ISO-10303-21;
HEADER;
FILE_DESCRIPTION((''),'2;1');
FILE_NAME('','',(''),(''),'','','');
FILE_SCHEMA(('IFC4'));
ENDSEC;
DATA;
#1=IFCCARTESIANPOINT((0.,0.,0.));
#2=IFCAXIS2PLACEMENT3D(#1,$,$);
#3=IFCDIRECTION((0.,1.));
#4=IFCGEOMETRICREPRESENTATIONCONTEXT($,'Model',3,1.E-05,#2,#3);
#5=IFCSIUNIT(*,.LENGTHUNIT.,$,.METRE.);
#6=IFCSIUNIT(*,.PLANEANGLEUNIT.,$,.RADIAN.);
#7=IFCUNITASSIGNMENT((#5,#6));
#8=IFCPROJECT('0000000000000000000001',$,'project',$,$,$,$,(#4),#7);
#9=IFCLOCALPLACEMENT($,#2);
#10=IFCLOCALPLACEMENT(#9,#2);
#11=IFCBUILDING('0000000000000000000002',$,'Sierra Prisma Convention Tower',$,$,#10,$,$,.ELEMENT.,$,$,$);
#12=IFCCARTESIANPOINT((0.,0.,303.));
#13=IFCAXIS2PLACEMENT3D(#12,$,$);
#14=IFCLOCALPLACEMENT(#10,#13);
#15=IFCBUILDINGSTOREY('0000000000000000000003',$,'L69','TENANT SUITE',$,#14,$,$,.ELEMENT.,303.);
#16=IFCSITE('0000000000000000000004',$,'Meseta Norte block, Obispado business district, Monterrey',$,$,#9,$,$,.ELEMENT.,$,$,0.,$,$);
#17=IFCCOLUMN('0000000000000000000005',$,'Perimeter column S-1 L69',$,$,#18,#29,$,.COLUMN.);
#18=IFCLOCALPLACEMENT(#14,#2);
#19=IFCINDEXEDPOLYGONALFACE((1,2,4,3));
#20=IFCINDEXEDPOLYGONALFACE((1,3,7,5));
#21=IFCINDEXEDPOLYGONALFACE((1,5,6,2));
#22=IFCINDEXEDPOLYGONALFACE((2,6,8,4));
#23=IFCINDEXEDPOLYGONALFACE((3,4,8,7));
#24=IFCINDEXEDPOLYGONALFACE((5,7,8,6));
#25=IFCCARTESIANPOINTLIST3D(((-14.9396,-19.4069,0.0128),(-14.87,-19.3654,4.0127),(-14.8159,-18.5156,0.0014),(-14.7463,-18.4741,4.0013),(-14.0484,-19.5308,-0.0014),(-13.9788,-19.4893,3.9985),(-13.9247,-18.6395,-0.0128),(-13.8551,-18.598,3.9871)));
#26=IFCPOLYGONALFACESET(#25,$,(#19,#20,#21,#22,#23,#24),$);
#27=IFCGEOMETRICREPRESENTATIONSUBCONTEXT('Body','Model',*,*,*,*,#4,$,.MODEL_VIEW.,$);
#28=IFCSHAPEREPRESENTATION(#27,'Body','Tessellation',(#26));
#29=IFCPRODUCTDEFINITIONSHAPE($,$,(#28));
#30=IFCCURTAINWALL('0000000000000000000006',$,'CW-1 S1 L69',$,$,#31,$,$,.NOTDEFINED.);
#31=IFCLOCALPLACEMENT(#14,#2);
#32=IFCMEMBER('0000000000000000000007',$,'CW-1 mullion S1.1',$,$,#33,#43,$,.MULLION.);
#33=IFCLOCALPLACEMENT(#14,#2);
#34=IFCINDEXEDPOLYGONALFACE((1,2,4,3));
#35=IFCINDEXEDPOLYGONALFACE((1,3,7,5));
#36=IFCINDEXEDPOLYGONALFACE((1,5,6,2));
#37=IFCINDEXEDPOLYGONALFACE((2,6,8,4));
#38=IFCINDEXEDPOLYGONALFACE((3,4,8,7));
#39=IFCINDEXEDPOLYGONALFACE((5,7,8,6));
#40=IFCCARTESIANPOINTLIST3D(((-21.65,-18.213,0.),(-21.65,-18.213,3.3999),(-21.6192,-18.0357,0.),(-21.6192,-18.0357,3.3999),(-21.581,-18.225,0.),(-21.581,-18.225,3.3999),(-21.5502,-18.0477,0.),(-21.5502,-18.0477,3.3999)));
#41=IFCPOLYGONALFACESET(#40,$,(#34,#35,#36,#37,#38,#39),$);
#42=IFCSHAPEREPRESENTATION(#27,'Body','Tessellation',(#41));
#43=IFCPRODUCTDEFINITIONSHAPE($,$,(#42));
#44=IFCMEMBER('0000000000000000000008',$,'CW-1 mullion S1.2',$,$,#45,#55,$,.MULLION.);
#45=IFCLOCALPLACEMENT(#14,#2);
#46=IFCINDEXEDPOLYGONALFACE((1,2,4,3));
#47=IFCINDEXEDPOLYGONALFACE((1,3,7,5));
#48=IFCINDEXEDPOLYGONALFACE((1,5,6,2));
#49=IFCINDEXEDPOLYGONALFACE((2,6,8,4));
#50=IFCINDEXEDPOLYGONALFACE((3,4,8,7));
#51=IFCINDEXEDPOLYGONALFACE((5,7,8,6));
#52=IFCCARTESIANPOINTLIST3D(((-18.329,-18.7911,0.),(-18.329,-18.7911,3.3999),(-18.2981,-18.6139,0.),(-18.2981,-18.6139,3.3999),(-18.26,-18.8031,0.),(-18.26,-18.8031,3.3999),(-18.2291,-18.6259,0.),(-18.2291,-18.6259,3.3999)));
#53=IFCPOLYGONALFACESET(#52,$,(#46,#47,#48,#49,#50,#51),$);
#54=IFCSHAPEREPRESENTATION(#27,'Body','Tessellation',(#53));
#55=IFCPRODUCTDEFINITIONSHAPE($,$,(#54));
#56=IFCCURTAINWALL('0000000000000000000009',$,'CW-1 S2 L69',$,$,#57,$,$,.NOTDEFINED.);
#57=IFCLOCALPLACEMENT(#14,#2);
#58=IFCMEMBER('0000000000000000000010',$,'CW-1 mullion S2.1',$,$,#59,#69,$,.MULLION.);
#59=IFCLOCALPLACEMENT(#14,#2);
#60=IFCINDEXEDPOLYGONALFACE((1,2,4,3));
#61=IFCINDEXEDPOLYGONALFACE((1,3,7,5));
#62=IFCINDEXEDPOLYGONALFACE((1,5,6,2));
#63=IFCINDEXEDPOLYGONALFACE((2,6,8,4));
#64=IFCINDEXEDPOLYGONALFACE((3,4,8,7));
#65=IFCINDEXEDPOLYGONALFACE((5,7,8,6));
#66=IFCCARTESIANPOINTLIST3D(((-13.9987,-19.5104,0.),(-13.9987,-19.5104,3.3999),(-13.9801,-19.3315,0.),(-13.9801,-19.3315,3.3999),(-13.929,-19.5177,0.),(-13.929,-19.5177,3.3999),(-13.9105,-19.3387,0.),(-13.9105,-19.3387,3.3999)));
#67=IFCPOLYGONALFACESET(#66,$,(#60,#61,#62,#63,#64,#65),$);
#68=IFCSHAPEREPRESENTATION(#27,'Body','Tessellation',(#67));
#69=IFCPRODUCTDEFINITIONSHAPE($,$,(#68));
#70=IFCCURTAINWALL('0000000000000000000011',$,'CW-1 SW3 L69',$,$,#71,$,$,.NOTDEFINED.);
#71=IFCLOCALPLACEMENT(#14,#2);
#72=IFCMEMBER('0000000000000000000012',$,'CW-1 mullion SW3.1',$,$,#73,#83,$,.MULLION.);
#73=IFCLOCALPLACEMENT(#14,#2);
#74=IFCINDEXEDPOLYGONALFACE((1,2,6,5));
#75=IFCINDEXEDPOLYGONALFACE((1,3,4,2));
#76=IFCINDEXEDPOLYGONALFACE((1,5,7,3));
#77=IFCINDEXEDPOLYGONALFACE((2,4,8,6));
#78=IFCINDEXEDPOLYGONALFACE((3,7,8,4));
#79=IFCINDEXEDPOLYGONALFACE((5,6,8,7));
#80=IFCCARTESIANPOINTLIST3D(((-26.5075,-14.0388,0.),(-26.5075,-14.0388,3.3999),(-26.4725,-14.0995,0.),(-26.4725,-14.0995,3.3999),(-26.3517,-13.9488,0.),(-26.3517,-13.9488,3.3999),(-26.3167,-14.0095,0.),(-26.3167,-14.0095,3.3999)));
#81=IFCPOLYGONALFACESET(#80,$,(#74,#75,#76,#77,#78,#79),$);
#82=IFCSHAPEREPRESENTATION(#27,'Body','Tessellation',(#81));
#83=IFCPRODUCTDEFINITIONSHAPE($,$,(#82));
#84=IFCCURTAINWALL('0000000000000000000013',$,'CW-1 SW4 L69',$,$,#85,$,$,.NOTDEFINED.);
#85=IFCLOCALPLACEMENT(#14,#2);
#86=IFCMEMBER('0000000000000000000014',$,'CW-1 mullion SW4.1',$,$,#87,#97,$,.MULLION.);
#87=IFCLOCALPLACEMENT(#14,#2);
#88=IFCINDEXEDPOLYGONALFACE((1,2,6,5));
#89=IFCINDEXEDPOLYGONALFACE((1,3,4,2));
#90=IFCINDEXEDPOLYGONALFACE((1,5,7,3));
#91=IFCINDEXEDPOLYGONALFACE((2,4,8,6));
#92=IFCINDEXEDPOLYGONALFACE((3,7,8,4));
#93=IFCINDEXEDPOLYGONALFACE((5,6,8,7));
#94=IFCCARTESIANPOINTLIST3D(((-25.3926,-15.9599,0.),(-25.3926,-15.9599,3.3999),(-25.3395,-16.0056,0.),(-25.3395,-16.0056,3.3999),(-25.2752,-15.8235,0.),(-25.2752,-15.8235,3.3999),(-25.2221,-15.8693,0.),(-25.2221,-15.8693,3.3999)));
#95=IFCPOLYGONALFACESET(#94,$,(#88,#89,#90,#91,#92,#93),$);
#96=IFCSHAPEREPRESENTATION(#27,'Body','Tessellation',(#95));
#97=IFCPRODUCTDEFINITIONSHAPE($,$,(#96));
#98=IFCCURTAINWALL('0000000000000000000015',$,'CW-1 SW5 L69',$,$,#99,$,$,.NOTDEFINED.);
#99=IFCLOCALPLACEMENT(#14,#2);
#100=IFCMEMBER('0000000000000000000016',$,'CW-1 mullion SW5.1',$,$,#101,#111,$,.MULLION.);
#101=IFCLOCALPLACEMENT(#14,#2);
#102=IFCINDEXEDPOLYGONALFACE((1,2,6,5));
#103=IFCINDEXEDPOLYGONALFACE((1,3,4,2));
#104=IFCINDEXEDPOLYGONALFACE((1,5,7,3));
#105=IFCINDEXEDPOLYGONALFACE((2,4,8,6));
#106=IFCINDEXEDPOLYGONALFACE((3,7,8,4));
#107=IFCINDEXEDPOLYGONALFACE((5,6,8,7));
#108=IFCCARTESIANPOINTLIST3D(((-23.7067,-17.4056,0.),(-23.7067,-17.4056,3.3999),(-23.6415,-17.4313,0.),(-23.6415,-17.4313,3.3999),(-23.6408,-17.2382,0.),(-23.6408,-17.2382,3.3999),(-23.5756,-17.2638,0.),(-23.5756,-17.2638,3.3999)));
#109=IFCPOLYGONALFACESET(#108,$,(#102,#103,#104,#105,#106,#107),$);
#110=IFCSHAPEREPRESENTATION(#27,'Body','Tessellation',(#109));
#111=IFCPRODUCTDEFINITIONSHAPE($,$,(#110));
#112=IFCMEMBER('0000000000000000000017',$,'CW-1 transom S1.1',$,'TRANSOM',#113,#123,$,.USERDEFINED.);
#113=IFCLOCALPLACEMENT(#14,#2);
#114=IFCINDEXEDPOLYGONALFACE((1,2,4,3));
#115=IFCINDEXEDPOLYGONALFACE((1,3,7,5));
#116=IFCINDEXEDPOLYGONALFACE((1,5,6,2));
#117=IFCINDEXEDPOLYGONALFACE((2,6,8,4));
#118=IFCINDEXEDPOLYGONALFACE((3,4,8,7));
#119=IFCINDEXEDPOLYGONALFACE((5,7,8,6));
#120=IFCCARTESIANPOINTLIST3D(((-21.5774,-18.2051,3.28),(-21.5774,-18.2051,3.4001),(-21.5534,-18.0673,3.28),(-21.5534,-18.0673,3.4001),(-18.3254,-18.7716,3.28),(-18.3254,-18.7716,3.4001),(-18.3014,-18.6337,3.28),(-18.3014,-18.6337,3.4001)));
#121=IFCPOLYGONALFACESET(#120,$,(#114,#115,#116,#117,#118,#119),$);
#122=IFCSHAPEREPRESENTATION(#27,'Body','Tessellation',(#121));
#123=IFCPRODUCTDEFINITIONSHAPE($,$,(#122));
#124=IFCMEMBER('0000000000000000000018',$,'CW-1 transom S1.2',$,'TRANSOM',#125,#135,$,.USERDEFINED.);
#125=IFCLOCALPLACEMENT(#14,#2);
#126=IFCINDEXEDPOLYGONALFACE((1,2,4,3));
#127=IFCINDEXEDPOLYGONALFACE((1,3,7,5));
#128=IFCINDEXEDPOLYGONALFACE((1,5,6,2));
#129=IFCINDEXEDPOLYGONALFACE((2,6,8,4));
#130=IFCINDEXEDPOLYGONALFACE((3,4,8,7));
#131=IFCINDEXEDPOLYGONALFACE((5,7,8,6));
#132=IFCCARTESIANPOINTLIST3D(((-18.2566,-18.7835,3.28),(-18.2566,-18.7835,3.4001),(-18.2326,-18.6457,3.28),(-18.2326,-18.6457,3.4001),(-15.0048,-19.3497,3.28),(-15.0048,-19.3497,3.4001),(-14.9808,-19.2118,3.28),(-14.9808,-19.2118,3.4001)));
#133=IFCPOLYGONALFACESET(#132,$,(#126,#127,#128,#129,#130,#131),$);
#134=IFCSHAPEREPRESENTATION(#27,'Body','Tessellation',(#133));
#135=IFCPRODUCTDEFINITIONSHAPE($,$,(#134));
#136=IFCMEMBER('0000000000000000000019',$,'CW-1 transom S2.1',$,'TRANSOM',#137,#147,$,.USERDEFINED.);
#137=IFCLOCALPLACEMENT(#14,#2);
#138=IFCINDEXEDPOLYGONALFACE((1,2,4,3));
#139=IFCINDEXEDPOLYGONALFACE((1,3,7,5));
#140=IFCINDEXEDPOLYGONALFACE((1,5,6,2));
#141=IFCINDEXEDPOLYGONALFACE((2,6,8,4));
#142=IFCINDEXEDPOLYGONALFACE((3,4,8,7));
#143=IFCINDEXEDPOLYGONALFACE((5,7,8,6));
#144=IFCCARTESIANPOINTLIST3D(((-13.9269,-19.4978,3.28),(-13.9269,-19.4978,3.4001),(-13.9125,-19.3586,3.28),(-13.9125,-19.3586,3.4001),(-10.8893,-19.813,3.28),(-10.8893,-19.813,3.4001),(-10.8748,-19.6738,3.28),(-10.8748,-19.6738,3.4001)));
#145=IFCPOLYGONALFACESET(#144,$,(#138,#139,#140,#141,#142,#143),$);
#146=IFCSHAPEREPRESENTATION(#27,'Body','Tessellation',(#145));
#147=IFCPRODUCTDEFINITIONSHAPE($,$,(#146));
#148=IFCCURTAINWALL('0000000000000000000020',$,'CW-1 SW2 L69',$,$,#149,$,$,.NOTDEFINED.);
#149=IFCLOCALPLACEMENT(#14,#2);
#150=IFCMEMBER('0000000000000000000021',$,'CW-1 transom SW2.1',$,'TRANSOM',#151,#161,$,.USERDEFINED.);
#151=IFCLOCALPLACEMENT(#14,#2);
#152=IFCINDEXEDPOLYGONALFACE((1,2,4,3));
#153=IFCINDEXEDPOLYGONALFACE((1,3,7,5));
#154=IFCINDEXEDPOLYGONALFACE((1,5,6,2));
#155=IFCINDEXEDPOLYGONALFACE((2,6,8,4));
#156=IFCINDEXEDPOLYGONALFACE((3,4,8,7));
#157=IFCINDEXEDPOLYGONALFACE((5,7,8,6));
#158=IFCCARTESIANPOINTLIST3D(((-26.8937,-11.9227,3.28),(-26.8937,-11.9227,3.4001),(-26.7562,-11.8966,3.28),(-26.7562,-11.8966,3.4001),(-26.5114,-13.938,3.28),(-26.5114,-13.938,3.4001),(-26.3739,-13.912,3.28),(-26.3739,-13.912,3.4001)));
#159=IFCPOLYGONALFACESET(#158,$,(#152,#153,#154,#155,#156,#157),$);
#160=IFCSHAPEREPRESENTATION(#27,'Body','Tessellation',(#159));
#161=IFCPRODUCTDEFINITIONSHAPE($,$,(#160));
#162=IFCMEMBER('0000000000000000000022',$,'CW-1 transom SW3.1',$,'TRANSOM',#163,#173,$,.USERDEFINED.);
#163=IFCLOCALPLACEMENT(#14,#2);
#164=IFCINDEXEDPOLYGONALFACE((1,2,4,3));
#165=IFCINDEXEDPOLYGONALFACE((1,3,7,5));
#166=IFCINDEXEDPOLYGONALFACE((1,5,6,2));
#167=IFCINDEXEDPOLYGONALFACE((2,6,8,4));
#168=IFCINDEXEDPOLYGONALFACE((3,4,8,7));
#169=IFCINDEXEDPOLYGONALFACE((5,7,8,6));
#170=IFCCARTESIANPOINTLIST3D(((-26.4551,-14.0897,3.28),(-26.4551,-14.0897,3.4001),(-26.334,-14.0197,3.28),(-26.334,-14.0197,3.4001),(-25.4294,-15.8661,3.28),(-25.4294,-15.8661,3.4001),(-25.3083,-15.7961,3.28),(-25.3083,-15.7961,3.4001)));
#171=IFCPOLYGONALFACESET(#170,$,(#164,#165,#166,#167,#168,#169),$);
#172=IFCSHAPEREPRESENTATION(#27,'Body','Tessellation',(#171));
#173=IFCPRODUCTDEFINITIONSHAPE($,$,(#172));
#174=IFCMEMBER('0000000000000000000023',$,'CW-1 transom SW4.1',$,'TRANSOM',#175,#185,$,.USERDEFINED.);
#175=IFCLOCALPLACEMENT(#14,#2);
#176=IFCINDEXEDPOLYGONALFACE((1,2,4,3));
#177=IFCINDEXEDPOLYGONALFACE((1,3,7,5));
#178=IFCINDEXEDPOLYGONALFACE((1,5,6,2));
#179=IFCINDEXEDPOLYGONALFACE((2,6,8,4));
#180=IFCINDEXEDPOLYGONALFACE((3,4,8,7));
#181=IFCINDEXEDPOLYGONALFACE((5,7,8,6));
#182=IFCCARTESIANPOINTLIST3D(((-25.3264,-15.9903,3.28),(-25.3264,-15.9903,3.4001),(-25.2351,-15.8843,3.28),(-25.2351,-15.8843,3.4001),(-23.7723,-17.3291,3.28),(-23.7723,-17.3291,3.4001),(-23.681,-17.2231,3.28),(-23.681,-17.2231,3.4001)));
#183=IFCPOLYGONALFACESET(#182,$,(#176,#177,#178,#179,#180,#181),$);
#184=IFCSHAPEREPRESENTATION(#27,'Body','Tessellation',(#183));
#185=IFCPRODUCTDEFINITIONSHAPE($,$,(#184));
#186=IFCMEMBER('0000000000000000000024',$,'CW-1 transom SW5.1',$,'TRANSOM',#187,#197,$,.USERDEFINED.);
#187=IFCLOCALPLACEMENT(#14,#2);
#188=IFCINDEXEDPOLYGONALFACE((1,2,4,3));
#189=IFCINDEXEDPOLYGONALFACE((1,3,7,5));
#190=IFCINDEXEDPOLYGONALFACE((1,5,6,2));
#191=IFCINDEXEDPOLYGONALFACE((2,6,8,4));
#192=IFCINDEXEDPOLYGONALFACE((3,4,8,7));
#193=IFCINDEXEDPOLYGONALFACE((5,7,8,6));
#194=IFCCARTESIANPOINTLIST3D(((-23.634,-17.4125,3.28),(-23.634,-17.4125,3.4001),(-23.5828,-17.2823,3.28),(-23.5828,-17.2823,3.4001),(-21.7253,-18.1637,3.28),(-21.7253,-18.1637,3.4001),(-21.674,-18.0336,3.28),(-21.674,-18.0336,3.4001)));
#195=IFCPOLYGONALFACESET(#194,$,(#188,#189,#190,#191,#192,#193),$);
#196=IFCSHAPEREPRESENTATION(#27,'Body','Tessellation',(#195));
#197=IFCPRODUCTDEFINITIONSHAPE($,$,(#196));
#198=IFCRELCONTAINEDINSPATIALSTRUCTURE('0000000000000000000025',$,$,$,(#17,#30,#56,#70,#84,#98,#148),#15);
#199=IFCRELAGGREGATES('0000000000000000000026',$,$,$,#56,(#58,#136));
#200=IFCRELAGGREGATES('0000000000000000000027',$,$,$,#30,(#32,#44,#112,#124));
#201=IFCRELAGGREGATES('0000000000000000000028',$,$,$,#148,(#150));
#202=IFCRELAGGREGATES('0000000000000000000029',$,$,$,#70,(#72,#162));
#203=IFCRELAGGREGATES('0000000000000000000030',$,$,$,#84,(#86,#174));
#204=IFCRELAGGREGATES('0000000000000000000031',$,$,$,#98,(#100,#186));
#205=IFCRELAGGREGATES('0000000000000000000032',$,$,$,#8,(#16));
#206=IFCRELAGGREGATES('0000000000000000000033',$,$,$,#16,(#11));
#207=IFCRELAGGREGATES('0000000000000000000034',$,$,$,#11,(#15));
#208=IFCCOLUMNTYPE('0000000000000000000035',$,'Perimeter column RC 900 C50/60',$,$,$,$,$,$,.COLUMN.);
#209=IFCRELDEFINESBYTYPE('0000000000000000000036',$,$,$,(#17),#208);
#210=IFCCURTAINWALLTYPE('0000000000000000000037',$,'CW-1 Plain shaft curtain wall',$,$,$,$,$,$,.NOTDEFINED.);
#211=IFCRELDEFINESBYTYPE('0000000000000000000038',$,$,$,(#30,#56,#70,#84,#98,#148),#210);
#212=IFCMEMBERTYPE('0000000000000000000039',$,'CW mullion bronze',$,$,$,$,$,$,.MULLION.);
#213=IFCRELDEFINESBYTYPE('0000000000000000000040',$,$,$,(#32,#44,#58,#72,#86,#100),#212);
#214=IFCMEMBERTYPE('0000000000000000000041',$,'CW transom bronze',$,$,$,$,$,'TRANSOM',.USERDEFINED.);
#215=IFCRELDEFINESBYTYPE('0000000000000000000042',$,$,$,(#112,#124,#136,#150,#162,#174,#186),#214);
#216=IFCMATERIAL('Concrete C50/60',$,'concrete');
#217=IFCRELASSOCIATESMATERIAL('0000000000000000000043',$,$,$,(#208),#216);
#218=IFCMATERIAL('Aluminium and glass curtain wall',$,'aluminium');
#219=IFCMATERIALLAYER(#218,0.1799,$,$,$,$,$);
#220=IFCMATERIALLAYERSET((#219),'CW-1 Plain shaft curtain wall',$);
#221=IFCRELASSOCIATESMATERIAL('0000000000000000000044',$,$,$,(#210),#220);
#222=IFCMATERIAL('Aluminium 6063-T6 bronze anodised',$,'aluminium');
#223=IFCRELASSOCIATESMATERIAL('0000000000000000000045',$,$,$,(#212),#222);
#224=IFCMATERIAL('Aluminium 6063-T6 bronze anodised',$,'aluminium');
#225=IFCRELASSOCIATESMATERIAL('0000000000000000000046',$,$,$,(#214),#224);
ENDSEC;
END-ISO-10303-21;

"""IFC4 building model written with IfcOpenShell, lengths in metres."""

from ifc_helpers import new_model, si_unit, direction, frame, origin, origin_2d, place, context, subcontext, project, spatial, rectangle, extrude, material, layer, layer_set, material_profile, profile_set, type_object, element, aggregate, save


model = new_model("IFC4")

# Units and contexts
model_context = context("Model", 3, precision=1e-05, world=origin(), true_north=direction((0.0, 1.0)))
body_context = subcontext(model_context, "Body", "Model", "MODEL_VIEW")
ifc_project = project(units=[si_unit("LENGTHUNIT", "METRE"), si_unit("PLANEANGLEUNIT", "RADIAN")], contexts=[model_context])

# Site, building, storey
site_placement = place(None, origin())
site = spatial("IfcSite", under=ifc_project, at=site_placement, Name="Meseta Norte block, Obispado business district, Monterrey", CompositionType="ELEMENT", RefElevation=0.0)
building_placement = place(site_placement, origin())
building = spatial("IfcBuilding", under=site, at=building_placement, Name="Sierra Prisma Convention Tower", CompositionType="ELEMENT")
storey_placement = place(building_placement, frame((0.0, 0.0, 303.0)))
storey = spatial("IfcBuildingStorey", under=building, at=storey_placement, Name="L69", Description="TENANT SUITE", CompositionType="ELEMENT", Elevation=303.0)

# Column
ifc_material_1 = material(Name="Concrete C50/60", Category="concrete")
ifc_material_profile_1 = material_profile(ifc_material_1, rectangle(XDim=0.8999, YDim=0.8999, at=origin_2d()), Name="Perimeter column RC 900 C50/60")
ifc_profile_set_1 = profile_set([ifc_material_profile_1], Name="Concrete C50/60")
column_type = type_object("IfcColumnType", Name="Perimeter column RC 900 C50/60", PredefinedType="COLUMN", material=ifc_profile_set_1)
column_placement = place(storey_placement, frame((-14.4321, -19.0232, 0.0), z_axis=(0.017391, 0.010374, 0.999795), x_axis=(-0.990356, 0.137642, 0.015799)))
element("IfcColumn", 1, at=column_placement, inside=storey, type_object=column_type, Name="Perimeter column S-1 L69", PredefinedType="COLUMN", context=body_context, shape_type="SweptSolid", body=[
    extrude(rectangle(XDim=0.8999, YDim=0.8999, at=origin_2d()), origin(), (0.0, 0.0, 1.0), 4.0007),
])

# Curtain wall, members
ifc_material_2 = material(Name="Aluminium and glass curtain wall", Category="aluminium")
ifc_layer_1 = layer(ifc_material_2, 0.1799)
ifc_layer_set_1 = layer_set([ifc_layer_1], Name="CW-1 Plain shaft curtain wall")
curtain_wall_type = type_object("IfcCurtainWallType", Name="CW-1 Plain shaft curtain wall", PredefinedType="NOTDEFINED", material=ifc_layer_set_1)
curtain_wall_1_placement = place(storey_placement, origin())
curtain_wall_1 = element("IfcCurtainWall", 2, at=curtain_wall_1_placement, inside=storey, type_object=curtain_wall_type, Name="CW-1 S1 L69", PredefinedType="NOTDEFINED")
ifc_material_3 = material(Name="Aluminium 6063-T6 bronze anodised", Category="aluminium")
ifc_material_profile_2 = material_profile(ifc_material_3, rectangle(XDim=0.1799, YDim=0.0701, at=origin_2d()), Name="ALU MULLION 70x180")
ifc_profile_set_2 = profile_set([ifc_material_profile_2], Name="Aluminium 6063-T6 bronze anodised")
member_type_1 = type_object("IfcMemberType", Name="CW mullion bronze", PredefinedType="MULLION", material=ifc_profile_set_2)
member_1_placement = place(storey_placement, frame((-21.6001, -18.1304, 0.0), z_axis=(0.0, 0.0, 1.0), x_axis=(0.171532, 0.985179, 0.0)))
member_1 = element("IfcMember", 3, at=member_1_placement, type_object=member_type_1, Name="CW-1 mullion S1.1", PredefinedType="MULLION", context=body_context, shape_type="SweptSolid", body=[
    extrude(rectangle(XDim=0.1799, YDim=0.0701, at=origin_2d()), origin(), (0.0, 0.0, 1.0), 3.3999),
])
member_2_placement = place(storey_placement, frame((-18.2791, -18.7085, 0.0), z_axis=(0.0, 0.0, 1.0), x_axis=(0.171532, 0.985179, 0.0)))
member_2 = element("IfcMember", 4, at=member_2_placement, type_object=member_type_1, Name="CW-1 mullion S1.2", PredefinedType="MULLION", context=body_context, shape_type="SweptSolid", body=[
    extrude(rectangle(XDim=0.1799, YDim=0.0701, at=origin_2d()), origin(), (0.0, 0.0, 1.0), 3.3999),
])

# Curtain walls, members
curtain_wall_2_placement = place(storey_placement, origin())
curtain_wall_2 = element("IfcCurtainWall", 5, at=curtain_wall_2_placement, inside=storey, type_object=curtain_wall_type, Name="CW-1 S2 L69", PredefinedType="NOTDEFINED")
member_3_placement = place(storey_placement, frame((-13.9546, -19.4246, 0.0), z_axis=(0.0, 0.0, 1.0), x_axis=(0.103246, 0.994656, 0.0)))
member_3 = element("IfcMember", 6, at=member_3_placement, type_object=member_type_1, Name="CW-1 mullion S2.1", PredefinedType="MULLION", context=body_context, shape_type="SweptSolid", body=[
    extrude(rectangle(XDim=0.1799, YDim=0.0701, at=origin_2d()), origin(), (0.0, 0.0, 1.0), 3.3999),
])
curtain_wall_3_placement = place(storey_placement, origin())
curtain_wall_3 = element("IfcCurtainWall", 7, at=curtain_wall_3_placement, inside=storey, type_object=curtain_wall_type, Name="CW-1 SW3 L69", PredefinedType="NOTDEFINED")
member_4_placement = place(storey_placement, frame((-26.4121, -14.0242, 0.0), z_axis=(0.0, 0.0, 1.0), x_axis=(0.866025, 0.5, 0.0)))
member_4 = element("IfcMember", 8, at=member_4_placement, type_object=member_type_1, Name="CW-1 mullion SW3.1", PredefinedType="MULLION", context=body_context, shape_type="SweptSolid", body=[
    extrude(rectangle(XDim=0.1799, YDim=0.0701, at=origin_2d()), origin(), (0.0, 0.0, 1.0), 3.3999),
])
curtain_wall_4_placement = place(storey_placement, origin())
curtain_wall_4 = element("IfcCurtainWall", 9, at=curtain_wall_4_placement, inside=storey, type_object=curtain_wall_type, Name="CW-1 SW4 L69", PredefinedType="NOTDEFINED")
member_5_placement = place(storey_placement, frame((-25.3074, -15.9146, 0.0), z_axis=(0.0, 0.0, 1.0), x_axis=(0.65264, 0.757669, 0.0)))
member_5 = element("IfcMember", 10, at=member_5_placement, type_object=member_type_1, Name="CW-1 mullion SW4.1", PredefinedType="MULLION", context=body_context, shape_type="SweptSolid", body=[
    extrude(rectangle(XDim=0.1799, YDim=0.0701, at=origin_2d()), origin(), (0.0, 0.0, 1.0), 3.3999),
])
curtain_wall_5_placement = place(storey_placement, origin())
curtain_wall_5 = element("IfcCurtainWall", 11, at=curtain_wall_5_placement, inside=storey, type_object=curtain_wall_type, Name="CW-1 SW5 L69", PredefinedType="NOTDEFINED")
member_6_placement = place(storey_placement, frame((-23.6411, -17.3347, 0.0), z_axis=(0.0, 0.0, 1.0), x_axis=(0.366206, 0.930534, 0.0)))
member_6 = element("IfcMember", 12, at=member_6_placement, type_object=member_type_1, Name="CW-1 mullion SW5.1", PredefinedType="MULLION", context=body_context, shape_type="SweptSolid", body=[
    extrude(rectangle(XDim=0.1799, YDim=0.0701, at=origin_2d()), origin(), (0.0, 0.0, 1.0), 3.3999),
])

# Members
ifc_material_4 = material(Name="Aluminium 6063-T6 bronze anodised", Category="aluminium")
ifc_material_profile_3 = material_profile(ifc_material_4, rectangle(XDim=0.1399, YDim=0.1201, at=origin_2d()), Name="ALU TRANSOM 120x140")
ifc_profile_set_3 = profile_set([ifc_material_profile_3], Name="Aluminium 6063-T6 bronze anodised")
member_type_2 = type_object("IfcMemberType", Name="CW transom bronze", ElementType="TRANSOM", PredefinedType="USERDEFINED", material=ifc_profile_set_3)
member_7_placement = place(storey_placement, frame((-21.5654, -18.1362, 3.3401), z_axis=(0.985168, -0.171591, 0.0), x_axis=(0.171591, 0.985168, 0.0)))
member_7 = element("IfcMember", 13, at=member_7_placement, type_object=member_type_2, Name="CW-1 transom S1.1", ObjectType="TRANSOM", PredefinedType="USERDEFINED", context=body_context, shape_type="SweptSolid", body=[
    extrude(rectangle(XDim=0.1399, YDim=0.1201, at=origin_2d()), origin(), (0.0, 0.0, 1.0), 3.301),
])
member_8_placement = place(storey_placement, frame((-18.2446, -18.7146, 3.3401), z_axis=(0.985181, -0.171519, 0.0), x_axis=(0.171519, 0.985181, 0.0)))
member_8 = element("IfcMember", 14, at=member_8_placement, type_object=member_type_2, Name="CW-1 transom S1.2", ObjectType="TRANSOM", PredefinedType="USERDEFINED", context=body_context, shape_type="SweptSolid", body=[
    extrude(rectangle(XDim=0.1399, YDim=0.1201, at=origin_2d()), origin(), (0.0, 0.0, 1.0), 3.3008),
])
member_9_placement = place(storey_placement, frame((-13.9197, -19.4282, 3.3401), z_axis=(0.99466, -0.103207, 0.0), x_axis=(0.103207, 0.99466, 0.0)))
member_9 = element("IfcMember", 15, at=member_9_placement, type_object=member_type_2, Name="CW-1 transom S2.1", ObjectType="TRANSOM", PredefinedType="USERDEFINED", context=body_context, shape_type="SweptSolid", body=[
    extrude(rectangle(XDim=0.1399, YDim=0.1201, at=origin_2d()), origin(), (0.0, 0.0, 1.0), 3.054),
])
aggregate(curtain_wall_2, [member_3, member_9])

# Curtain wall, member
curtain_wall_6_placement = place(storey_placement, origin())
curtain_wall_6 = element("IfcCurtainWall", 16, at=curtain_wall_6_placement, inside=storey, type_object=curtain_wall_type, Name="CW-1 SW2 L69", PredefinedType="NOTDEFINED")
member_10_placement = place(storey_placement, frame((-26.825, -11.9097, 3.3401), z_axis=(0.186379, -0.982478, 0.0), x_axis=(0.982478, 0.186379, 0.0)))
member_10 = element("IfcMember", 17, at=member_10_placement, type_object=member_type_2, Name="CW-1 transom SW2.1", ObjectType="TRANSOM", PredefinedType="USERDEFINED", context=body_context, shape_type="SweptSolid", body=[
    extrude(rectangle(XDim=0.1399, YDim=0.1201, at=origin_2d()), origin(), (0.0, 0.0, 1.0), 2.0513),
])

# Members
member_11_placement = place(storey_placement, frame((-26.3945, -14.0547, 3.3401), z_axis=(0.500018, -0.866015, 0.0), x_axis=(0.866015, 0.500018, 0.0)))
member_11 = element("IfcMember", 18, at=member_11_placement, type_object=member_type_2, Name="CW-1 transom SW3.1", ObjectType="TRANSOM", PredefinedType="USERDEFINED", context=body_context, shape_type="SweptSolid", body=[
    extrude(rectangle(XDim=0.1399, YDim=0.1201, at=origin_2d()), origin(), (0.0, 0.0, 1.0), 2.0513),
])
member_12_placement = place(storey_placement, frame((-25.2808, -15.9373, 3.3401), z_axis=(0.757641, -0.652671, 0.0), x_axis=(0.652671, 0.757641, 0.0)))
member_12 = element("IfcMember", 19, at=member_12_placement, type_object=member_type_2, Name="CW-1 transom SW4.1", ObjectType="TRANSOM", PredefinedType="USERDEFINED", context=body_context, shape_type="SweptSolid", body=[
    extrude(rectangle(XDim=0.1399, YDim=0.1201, at=origin_2d()), origin(), (0.0, 0.0, 1.0), 2.0513),
])
member_13_placement = place(storey_placement, frame((-23.6084, -17.3474, 3.3401), z_axis=(0.930523, -0.366234, 0.0), x_axis=(0.366234, 0.930523, 0.0)))
member_13 = element("IfcMember", 20, at=member_13_placement, type_object=member_type_2, Name="CW-1 transom SW5.1", ObjectType="TRANSOM", PredefinedType="USERDEFINED", context=body_context, shape_type="SweptSolid", body=[
    extrude(rectangle(XDim=0.1399, YDim=0.1201, at=origin_2d()), origin(), (0.0, 0.0, 1.0), 2.0513),
])

aggregate(curtain_wall_1, [member_1, member_2, member_7, member_8])
aggregate(curtain_wall_6, [member_10])
aggregate(curtain_wall_3, [member_4, member_11])
aggregate(curtain_wall_4, [member_5, member_12])
aggregate(curtain_wall_5, [member_6, member_13])

save(model, "model.ifc")
